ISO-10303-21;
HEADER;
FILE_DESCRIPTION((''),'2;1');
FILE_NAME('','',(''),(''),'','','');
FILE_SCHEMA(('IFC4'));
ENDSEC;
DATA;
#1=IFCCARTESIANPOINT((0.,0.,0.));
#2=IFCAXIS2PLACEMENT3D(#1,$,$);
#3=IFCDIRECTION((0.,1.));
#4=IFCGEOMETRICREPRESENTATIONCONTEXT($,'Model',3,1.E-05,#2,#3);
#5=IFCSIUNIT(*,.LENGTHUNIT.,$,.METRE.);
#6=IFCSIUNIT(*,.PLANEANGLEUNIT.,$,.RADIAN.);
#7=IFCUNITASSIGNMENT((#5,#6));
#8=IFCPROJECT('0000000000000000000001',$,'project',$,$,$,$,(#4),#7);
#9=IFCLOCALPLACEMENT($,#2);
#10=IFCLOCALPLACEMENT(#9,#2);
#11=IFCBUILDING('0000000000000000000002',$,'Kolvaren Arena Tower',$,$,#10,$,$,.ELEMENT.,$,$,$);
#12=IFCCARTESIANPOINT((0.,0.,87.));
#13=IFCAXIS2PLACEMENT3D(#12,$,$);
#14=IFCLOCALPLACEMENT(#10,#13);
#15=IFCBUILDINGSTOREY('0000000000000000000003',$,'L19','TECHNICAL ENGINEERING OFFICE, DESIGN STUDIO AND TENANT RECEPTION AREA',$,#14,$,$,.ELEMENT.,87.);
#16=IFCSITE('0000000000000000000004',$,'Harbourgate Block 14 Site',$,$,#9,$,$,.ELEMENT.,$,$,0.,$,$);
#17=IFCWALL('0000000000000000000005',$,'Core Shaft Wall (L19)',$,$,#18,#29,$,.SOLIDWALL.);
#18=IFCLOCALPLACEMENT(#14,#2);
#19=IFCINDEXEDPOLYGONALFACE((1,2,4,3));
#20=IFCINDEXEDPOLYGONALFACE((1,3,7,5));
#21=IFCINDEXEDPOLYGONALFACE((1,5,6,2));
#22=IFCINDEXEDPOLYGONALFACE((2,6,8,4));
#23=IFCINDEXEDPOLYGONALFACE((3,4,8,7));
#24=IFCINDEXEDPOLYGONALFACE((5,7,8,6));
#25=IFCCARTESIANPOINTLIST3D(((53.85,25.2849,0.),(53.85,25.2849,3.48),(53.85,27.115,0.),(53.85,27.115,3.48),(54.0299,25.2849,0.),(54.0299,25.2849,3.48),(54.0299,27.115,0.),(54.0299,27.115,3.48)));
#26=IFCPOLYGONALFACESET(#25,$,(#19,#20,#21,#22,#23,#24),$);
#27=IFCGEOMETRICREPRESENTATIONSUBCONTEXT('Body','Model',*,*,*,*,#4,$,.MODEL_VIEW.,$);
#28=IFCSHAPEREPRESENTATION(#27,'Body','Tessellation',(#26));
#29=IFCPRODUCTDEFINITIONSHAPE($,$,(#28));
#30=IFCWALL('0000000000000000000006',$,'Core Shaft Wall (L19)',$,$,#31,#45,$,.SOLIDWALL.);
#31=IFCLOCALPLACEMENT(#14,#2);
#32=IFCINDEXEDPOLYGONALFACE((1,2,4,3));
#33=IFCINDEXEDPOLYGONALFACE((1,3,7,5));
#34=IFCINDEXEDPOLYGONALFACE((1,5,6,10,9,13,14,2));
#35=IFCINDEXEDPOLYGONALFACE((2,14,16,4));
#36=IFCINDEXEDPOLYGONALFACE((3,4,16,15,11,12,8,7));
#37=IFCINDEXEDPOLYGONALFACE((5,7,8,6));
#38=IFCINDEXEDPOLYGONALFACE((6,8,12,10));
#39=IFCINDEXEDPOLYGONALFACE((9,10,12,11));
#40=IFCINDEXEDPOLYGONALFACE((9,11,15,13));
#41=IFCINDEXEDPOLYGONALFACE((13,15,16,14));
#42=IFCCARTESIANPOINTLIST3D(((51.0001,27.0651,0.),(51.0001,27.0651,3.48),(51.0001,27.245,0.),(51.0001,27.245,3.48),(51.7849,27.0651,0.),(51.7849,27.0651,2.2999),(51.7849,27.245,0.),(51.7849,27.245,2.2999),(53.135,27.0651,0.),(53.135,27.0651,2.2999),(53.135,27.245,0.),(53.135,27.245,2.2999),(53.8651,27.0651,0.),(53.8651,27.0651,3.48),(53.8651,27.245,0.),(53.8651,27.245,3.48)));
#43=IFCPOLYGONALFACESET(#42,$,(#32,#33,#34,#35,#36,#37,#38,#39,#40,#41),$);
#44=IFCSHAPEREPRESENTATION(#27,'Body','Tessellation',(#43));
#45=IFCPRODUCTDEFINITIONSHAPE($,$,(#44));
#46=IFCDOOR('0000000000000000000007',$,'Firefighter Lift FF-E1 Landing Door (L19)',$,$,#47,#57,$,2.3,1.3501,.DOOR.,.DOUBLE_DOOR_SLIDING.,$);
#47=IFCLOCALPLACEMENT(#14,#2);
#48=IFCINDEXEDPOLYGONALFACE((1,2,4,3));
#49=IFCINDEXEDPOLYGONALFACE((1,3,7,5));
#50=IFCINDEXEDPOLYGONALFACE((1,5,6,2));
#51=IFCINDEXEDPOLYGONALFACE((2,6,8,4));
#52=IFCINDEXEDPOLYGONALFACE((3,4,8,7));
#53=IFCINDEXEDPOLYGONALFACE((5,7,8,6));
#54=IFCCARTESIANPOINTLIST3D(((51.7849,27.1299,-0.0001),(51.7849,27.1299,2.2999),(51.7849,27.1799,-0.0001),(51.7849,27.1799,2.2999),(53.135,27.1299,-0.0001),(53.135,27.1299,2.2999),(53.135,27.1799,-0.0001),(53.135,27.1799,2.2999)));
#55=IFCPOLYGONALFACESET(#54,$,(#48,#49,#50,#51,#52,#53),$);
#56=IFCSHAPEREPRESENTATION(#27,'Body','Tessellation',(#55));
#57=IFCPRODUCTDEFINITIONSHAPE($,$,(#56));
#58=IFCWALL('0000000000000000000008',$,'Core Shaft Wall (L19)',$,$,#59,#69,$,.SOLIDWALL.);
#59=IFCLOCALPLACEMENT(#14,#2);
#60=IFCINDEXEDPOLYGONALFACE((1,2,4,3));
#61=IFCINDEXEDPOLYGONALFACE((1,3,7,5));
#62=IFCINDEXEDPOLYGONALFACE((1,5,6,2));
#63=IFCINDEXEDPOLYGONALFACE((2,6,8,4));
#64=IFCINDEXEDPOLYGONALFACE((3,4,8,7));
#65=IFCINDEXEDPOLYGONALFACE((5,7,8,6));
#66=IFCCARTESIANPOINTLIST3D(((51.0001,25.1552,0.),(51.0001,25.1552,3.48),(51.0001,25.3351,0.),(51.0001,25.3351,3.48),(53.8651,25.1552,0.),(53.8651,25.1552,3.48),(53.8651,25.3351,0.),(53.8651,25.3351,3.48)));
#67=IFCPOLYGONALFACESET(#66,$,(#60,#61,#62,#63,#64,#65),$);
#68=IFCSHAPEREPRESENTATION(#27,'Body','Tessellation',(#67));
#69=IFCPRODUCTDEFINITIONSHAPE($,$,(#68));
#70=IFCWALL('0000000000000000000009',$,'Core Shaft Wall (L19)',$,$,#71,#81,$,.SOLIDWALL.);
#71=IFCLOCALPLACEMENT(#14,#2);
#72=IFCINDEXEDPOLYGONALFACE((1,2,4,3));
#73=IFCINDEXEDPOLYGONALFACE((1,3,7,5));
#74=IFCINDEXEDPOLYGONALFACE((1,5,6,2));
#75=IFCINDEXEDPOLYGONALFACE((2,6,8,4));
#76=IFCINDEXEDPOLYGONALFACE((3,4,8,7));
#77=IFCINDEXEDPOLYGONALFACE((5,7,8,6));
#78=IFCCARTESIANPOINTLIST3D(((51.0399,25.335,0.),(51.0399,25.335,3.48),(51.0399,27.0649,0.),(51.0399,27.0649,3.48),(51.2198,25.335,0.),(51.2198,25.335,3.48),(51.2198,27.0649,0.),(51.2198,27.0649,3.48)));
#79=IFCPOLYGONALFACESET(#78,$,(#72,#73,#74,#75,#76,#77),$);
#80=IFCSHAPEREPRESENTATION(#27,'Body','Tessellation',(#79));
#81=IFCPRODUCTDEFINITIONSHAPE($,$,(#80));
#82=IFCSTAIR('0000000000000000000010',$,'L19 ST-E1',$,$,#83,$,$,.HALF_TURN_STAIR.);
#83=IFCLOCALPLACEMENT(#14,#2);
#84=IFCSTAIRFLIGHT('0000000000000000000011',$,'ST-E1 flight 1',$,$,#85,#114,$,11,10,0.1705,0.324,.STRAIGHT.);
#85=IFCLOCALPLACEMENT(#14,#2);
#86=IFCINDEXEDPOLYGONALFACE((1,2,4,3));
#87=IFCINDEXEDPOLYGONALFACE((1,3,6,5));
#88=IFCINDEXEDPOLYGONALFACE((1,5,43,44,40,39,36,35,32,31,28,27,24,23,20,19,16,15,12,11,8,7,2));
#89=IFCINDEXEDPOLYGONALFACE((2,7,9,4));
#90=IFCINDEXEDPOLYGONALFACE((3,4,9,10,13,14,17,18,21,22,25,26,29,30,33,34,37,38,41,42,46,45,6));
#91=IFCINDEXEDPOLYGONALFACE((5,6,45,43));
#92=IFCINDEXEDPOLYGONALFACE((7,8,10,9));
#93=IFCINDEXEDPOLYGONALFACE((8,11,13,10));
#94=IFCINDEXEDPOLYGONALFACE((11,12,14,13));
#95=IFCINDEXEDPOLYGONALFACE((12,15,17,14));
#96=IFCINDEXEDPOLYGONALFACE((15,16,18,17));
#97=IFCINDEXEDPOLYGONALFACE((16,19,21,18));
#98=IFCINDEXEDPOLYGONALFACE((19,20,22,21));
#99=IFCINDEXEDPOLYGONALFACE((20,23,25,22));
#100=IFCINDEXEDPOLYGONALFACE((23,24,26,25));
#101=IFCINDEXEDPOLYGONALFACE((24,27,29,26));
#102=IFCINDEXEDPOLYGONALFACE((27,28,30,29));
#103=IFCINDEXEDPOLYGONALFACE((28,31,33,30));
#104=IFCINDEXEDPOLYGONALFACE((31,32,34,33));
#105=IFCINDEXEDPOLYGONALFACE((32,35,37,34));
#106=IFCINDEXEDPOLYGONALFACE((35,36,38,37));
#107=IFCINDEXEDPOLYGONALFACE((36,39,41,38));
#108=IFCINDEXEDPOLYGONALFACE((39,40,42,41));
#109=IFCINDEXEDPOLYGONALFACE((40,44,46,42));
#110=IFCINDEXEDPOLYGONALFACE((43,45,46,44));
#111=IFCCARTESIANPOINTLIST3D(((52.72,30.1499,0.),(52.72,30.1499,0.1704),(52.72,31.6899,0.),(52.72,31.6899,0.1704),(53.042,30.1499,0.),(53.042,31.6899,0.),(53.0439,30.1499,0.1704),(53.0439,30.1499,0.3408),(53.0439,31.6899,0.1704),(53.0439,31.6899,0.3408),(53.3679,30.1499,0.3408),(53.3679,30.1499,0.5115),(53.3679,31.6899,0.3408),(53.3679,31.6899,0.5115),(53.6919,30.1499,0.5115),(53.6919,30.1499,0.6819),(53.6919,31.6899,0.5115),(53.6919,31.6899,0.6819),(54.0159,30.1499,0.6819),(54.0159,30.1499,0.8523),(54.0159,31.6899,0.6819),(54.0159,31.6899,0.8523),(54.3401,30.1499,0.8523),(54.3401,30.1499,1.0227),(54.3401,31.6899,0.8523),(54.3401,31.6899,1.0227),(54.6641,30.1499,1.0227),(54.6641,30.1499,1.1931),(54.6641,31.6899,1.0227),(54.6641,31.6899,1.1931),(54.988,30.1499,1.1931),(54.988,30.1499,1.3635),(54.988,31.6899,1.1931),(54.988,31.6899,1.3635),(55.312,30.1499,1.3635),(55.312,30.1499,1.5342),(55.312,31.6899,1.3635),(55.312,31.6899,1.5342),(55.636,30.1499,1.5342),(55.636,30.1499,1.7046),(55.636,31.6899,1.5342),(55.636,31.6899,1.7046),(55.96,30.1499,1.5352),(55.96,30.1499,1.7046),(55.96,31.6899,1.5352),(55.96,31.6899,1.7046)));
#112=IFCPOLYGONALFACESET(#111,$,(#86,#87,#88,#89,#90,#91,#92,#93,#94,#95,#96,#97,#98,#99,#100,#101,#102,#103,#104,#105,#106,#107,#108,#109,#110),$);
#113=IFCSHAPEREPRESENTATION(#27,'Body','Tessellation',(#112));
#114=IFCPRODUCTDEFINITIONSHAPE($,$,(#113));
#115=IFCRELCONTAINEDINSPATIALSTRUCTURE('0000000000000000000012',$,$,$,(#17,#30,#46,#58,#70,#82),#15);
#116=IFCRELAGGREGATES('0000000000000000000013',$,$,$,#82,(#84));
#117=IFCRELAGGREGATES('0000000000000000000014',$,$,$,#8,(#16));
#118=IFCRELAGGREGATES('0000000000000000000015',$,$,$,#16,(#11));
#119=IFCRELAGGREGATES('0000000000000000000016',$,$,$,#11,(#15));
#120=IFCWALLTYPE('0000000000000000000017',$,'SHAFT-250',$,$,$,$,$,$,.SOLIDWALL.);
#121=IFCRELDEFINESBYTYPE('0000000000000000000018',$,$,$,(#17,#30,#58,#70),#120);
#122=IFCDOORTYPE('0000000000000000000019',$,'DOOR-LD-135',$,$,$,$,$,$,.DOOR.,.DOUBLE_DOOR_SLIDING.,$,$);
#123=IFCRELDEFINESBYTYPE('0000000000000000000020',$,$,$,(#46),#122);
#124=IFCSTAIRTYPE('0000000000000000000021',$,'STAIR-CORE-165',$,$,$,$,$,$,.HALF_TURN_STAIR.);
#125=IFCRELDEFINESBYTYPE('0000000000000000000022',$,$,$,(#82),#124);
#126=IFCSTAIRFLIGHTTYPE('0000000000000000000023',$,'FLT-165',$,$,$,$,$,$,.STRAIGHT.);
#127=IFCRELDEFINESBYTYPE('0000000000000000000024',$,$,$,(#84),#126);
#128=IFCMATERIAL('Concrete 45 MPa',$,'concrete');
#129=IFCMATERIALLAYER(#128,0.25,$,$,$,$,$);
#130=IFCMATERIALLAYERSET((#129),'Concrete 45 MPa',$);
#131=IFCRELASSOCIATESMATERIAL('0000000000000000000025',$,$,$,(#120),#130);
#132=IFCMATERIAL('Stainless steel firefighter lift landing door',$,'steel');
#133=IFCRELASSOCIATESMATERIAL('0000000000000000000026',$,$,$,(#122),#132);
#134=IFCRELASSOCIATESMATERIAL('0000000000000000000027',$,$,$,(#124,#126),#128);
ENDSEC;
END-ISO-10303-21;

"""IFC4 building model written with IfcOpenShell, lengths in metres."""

from ifc_helpers import new_model, si_unit, direction, frame, frame_2d, origin, place, context, subcontext, project, spatial, polyline, rectangle, outline, extrude, material, layer, layer_set, type_object, element, fill, aggregate, save


model = new_model("IFC4")

# Units and contexts
model_context = context("Model", 3, precision=1e-05, world=origin(), true_north=direction((0.0, 1.0)))
body_context = subcontext(model_context, "Body", "Model", "MODEL_VIEW")
ifc_project = project(units=[si_unit("LENGTHUNIT", "METRE"), si_unit("PLANEANGLEUNIT", "RADIAN")], contexts=[model_context])

# Site, building, storey
site_placement = place(None, origin())
site = spatial("IfcSite", under=ifc_project, at=site_placement, Name="Harbourgate Block 14 Site", CompositionType="ELEMENT", RefElevation=0.0)
building_placement = place(site_placement, origin())
building = spatial("IfcBuilding", under=site, at=building_placement, Name="Kolvaren Arena Tower", CompositionType="ELEMENT")
storey_placement = place(building_placement, frame((0.0, 0.0, 87.0)))
storey = spatial("IfcBuildingStorey", under=building, at=storey_placement, Name="L19", Description="TECHNICAL ENGINEERING OFFICE, DESIGN STUDIO AND TENANT RECEPTION AREA", CompositionType="ELEMENT", Elevation=87.0)

# Wall
ifc_material_1 = material(Name="Concrete 45 MPa", Category="concrete")
ifc_layer_1 = layer(ifc_material_1, 0.25)
ifc_layer_set_1 = layer_set([ifc_layer_1], Name="Concrete 45 MPa")
wall_type_1 = type_object("IfcWallType", Name="SHAFT-250", PredefinedType="SOLIDWALL", material=ifc_layer_set_1)
wall_1_placement = place(storey_placement, frame((53.9399, 25.2849, 0.0), z_axis=(0.0, 0.0, 1.0), x_axis=(0.0, 1.0, 0.0)))
element("IfcWall", 1, at=wall_1_placement, inside=storey, type_object=wall_type_1, Name="Core Shaft Wall (L19)", PredefinedType="SOLIDWALL", context=body_context, shape_type="SweptSolid", body=[
    extrude(rectangle(XDim=1.8301, YDim=0.1799, at=frame_2d((0.915, 0.0))), origin(), (0.0, 0.0, 1.0), 3.48),
])

# Wall, opening, door
wall_2_placement = place(storey_placement, frame((51.0, 27.155, 0.0), z_axis=(0.0, 0.0, 1.0), x_axis=(1.0, 0.0, 0.0)))
wall_2 = element("IfcWall", 2, at=wall_2_placement, inside=storey, type_object=wall_type_1, Name="Core Shaft Wall (L19)", PredefinedType="SOLIDWALL", context=body_context, shape_type="SweptSolid", body=[
    extrude(rectangle(XDim=2.865, YDim=0.1799, at=frame_2d((1.4326, 0.0))), origin(), (0.0, 0.0, 1.0), 3.48),
])
opening_1_placement = place(wall_2_placement, frame((0.7849, 0.0, 0.0)))
opening_1 = element("IfcOpeningElement", 3, at=opening_1_placement, cuts=wall_2, PredefinedType="OPENING", context=body_context, shape_type="SweptSolid", body=[
    extrude(rectangle(XDim=1.3501, YDim=2.3, at=frame_2d((0.675, 1.1499))), frame((0.0, 0.0999, 0.0), z_axis=(0.0, -1.0, 0.0), x_axis=(1.0, 0.0, 0.0)), (0.0, 0.0, 1.0), 0.2),
])
ifc_material_2 = material(Name="Stainless steel firefighter lift landing door", Category="steel")
door_type_1 = type_object("IfcDoorType", Name="DOOR-LD-135", OperationType="DOUBLE_DOOR_SLIDING", PredefinedType="DOOR", material=ifc_material_2)
door_1_placement = place(opening_1_placement, origin())
door_1 = element("IfcDoor", 4, at=door_1_placement, inside=storey, type_object=door_type_1, Name="Firefighter Lift FF-E1 Landing Door (L19)", OperationType="DOUBLE_DOOR_SLIDING", OverallHeight=2.3, OverallWidth=1.3501, PredefinedType="DOOR", context=body_context, shape_type="SweptSolid", body=[
    extrude(rectangle(XDim=1.3501, YDim=2.3, at=frame_2d((0.675, 1.1499))), frame((0.0, 0.0249, 0.0), z_axis=(0.0, -1.0, 0.0), x_axis=(1.0, 0.0, 0.0)), (0.0, 0.0, 1.0), 0.05),
])
fill(opening_1, door_1)

# Walls
wall_3_placement = place(storey_placement, frame((51.0, 25.2451, 0.0), z_axis=(0.0, 0.0, 1.0), x_axis=(1.0, 0.0, 0.0)))
element("IfcWall", 5, at=wall_3_placement, inside=storey, type_object=wall_type_1, Name="Core Shaft Wall (L19)", PredefinedType="SOLIDWALL", context=body_context, shape_type="SweptSolid", body=[
    extrude(rectangle(XDim=2.865, YDim=0.1799, at=frame_2d((1.4326, 0.0))), origin(), (0.0, 0.0, 1.0), 3.48),
])
wall_4_placement = place(storey_placement, frame((51.1299, 25.335, 0.0), z_axis=(0.0, 0.0, 1.0), x_axis=(0.0, 1.0, 0.0)))
element("IfcWall", 6, at=wall_4_placement, inside=storey, type_object=wall_type_1, Name="Core Shaft Wall (L19)", PredefinedType="SOLIDWALL", context=body_context, shape_type="SweptSolid", body=[
    extrude(rectangle(XDim=1.73, YDim=0.1799, at=frame_2d((0.865, 0.0))), origin(), (0.0, 0.0, 1.0), 3.48),
])

# Stair, stair flight
stair_type = type_object("IfcStairType", Name="STAIR-CORE-165", PredefinedType="HALF_TURN_STAIR", material=ifc_material_1)
stair_placement = place(storey_placement, origin())
stair = element("IfcStair", 7, at=stair_placement, inside=storey, type_object=stair_type, Name="L19 ST-E1", PredefinedType="HALF_TURN_STAIR")
stair_flight_type = type_object("IfcStairFlightType", Name="FLT-165", PredefinedType="STRAIGHT", material=ifc_material_1)
stair_flight_placement = place(storey_placement, frame((52.72, 30.9199, 0.0), z_axis=(0.0, 0.0, 1.0), x_axis=(1.0, 0.0, 0.0)))
stair_flight = element("IfcStairFlight", 8, at=stair_flight_placement, type_object=stair_flight_type, Name="ST-E1 flight 1", NumberOfRisers=11, NumberOfTreads=10, PredefinedType="STRAIGHT", RiserHeight=0.1705, TreadLength=0.324, context=body_context, shape_type="SweptSolid", body=[
    extrude(outline(polyline([(0.0, 0.0), (0.0, 0.1704), (0.324, 0.1704), (0.324, 0.3408), (0.6479, 0.3408), (0.6479, 0.5115), (0.9719, 0.5115), (0.9719, 0.6819), (1.2959, 0.6819), (1.2959, 0.8523), (1.6201, 0.8523), (1.6201, 1.0227), (1.9441, 1.0227), (1.9441, 1.1931), (2.2681, 1.1931), (2.2681, 1.3635), (2.592, 1.3635), (2.592, 1.5342), (2.916, 1.5342), (2.916, 1.7046), (3.24, 1.7046), (3.24, 1.875), (3.24, 1.5352), (0.322, 0.0), (0.0, 0.0)])), frame((0.0, 0.77, 0.0), z_axis=(0.0, -1.0, 0.0), x_axis=(1.0, 0.0, 0.0)), (0.0, 0.0, 1.0), 1.54),
])
aggregate(stair, [stair_flight])

save(model, "model.ifc")
